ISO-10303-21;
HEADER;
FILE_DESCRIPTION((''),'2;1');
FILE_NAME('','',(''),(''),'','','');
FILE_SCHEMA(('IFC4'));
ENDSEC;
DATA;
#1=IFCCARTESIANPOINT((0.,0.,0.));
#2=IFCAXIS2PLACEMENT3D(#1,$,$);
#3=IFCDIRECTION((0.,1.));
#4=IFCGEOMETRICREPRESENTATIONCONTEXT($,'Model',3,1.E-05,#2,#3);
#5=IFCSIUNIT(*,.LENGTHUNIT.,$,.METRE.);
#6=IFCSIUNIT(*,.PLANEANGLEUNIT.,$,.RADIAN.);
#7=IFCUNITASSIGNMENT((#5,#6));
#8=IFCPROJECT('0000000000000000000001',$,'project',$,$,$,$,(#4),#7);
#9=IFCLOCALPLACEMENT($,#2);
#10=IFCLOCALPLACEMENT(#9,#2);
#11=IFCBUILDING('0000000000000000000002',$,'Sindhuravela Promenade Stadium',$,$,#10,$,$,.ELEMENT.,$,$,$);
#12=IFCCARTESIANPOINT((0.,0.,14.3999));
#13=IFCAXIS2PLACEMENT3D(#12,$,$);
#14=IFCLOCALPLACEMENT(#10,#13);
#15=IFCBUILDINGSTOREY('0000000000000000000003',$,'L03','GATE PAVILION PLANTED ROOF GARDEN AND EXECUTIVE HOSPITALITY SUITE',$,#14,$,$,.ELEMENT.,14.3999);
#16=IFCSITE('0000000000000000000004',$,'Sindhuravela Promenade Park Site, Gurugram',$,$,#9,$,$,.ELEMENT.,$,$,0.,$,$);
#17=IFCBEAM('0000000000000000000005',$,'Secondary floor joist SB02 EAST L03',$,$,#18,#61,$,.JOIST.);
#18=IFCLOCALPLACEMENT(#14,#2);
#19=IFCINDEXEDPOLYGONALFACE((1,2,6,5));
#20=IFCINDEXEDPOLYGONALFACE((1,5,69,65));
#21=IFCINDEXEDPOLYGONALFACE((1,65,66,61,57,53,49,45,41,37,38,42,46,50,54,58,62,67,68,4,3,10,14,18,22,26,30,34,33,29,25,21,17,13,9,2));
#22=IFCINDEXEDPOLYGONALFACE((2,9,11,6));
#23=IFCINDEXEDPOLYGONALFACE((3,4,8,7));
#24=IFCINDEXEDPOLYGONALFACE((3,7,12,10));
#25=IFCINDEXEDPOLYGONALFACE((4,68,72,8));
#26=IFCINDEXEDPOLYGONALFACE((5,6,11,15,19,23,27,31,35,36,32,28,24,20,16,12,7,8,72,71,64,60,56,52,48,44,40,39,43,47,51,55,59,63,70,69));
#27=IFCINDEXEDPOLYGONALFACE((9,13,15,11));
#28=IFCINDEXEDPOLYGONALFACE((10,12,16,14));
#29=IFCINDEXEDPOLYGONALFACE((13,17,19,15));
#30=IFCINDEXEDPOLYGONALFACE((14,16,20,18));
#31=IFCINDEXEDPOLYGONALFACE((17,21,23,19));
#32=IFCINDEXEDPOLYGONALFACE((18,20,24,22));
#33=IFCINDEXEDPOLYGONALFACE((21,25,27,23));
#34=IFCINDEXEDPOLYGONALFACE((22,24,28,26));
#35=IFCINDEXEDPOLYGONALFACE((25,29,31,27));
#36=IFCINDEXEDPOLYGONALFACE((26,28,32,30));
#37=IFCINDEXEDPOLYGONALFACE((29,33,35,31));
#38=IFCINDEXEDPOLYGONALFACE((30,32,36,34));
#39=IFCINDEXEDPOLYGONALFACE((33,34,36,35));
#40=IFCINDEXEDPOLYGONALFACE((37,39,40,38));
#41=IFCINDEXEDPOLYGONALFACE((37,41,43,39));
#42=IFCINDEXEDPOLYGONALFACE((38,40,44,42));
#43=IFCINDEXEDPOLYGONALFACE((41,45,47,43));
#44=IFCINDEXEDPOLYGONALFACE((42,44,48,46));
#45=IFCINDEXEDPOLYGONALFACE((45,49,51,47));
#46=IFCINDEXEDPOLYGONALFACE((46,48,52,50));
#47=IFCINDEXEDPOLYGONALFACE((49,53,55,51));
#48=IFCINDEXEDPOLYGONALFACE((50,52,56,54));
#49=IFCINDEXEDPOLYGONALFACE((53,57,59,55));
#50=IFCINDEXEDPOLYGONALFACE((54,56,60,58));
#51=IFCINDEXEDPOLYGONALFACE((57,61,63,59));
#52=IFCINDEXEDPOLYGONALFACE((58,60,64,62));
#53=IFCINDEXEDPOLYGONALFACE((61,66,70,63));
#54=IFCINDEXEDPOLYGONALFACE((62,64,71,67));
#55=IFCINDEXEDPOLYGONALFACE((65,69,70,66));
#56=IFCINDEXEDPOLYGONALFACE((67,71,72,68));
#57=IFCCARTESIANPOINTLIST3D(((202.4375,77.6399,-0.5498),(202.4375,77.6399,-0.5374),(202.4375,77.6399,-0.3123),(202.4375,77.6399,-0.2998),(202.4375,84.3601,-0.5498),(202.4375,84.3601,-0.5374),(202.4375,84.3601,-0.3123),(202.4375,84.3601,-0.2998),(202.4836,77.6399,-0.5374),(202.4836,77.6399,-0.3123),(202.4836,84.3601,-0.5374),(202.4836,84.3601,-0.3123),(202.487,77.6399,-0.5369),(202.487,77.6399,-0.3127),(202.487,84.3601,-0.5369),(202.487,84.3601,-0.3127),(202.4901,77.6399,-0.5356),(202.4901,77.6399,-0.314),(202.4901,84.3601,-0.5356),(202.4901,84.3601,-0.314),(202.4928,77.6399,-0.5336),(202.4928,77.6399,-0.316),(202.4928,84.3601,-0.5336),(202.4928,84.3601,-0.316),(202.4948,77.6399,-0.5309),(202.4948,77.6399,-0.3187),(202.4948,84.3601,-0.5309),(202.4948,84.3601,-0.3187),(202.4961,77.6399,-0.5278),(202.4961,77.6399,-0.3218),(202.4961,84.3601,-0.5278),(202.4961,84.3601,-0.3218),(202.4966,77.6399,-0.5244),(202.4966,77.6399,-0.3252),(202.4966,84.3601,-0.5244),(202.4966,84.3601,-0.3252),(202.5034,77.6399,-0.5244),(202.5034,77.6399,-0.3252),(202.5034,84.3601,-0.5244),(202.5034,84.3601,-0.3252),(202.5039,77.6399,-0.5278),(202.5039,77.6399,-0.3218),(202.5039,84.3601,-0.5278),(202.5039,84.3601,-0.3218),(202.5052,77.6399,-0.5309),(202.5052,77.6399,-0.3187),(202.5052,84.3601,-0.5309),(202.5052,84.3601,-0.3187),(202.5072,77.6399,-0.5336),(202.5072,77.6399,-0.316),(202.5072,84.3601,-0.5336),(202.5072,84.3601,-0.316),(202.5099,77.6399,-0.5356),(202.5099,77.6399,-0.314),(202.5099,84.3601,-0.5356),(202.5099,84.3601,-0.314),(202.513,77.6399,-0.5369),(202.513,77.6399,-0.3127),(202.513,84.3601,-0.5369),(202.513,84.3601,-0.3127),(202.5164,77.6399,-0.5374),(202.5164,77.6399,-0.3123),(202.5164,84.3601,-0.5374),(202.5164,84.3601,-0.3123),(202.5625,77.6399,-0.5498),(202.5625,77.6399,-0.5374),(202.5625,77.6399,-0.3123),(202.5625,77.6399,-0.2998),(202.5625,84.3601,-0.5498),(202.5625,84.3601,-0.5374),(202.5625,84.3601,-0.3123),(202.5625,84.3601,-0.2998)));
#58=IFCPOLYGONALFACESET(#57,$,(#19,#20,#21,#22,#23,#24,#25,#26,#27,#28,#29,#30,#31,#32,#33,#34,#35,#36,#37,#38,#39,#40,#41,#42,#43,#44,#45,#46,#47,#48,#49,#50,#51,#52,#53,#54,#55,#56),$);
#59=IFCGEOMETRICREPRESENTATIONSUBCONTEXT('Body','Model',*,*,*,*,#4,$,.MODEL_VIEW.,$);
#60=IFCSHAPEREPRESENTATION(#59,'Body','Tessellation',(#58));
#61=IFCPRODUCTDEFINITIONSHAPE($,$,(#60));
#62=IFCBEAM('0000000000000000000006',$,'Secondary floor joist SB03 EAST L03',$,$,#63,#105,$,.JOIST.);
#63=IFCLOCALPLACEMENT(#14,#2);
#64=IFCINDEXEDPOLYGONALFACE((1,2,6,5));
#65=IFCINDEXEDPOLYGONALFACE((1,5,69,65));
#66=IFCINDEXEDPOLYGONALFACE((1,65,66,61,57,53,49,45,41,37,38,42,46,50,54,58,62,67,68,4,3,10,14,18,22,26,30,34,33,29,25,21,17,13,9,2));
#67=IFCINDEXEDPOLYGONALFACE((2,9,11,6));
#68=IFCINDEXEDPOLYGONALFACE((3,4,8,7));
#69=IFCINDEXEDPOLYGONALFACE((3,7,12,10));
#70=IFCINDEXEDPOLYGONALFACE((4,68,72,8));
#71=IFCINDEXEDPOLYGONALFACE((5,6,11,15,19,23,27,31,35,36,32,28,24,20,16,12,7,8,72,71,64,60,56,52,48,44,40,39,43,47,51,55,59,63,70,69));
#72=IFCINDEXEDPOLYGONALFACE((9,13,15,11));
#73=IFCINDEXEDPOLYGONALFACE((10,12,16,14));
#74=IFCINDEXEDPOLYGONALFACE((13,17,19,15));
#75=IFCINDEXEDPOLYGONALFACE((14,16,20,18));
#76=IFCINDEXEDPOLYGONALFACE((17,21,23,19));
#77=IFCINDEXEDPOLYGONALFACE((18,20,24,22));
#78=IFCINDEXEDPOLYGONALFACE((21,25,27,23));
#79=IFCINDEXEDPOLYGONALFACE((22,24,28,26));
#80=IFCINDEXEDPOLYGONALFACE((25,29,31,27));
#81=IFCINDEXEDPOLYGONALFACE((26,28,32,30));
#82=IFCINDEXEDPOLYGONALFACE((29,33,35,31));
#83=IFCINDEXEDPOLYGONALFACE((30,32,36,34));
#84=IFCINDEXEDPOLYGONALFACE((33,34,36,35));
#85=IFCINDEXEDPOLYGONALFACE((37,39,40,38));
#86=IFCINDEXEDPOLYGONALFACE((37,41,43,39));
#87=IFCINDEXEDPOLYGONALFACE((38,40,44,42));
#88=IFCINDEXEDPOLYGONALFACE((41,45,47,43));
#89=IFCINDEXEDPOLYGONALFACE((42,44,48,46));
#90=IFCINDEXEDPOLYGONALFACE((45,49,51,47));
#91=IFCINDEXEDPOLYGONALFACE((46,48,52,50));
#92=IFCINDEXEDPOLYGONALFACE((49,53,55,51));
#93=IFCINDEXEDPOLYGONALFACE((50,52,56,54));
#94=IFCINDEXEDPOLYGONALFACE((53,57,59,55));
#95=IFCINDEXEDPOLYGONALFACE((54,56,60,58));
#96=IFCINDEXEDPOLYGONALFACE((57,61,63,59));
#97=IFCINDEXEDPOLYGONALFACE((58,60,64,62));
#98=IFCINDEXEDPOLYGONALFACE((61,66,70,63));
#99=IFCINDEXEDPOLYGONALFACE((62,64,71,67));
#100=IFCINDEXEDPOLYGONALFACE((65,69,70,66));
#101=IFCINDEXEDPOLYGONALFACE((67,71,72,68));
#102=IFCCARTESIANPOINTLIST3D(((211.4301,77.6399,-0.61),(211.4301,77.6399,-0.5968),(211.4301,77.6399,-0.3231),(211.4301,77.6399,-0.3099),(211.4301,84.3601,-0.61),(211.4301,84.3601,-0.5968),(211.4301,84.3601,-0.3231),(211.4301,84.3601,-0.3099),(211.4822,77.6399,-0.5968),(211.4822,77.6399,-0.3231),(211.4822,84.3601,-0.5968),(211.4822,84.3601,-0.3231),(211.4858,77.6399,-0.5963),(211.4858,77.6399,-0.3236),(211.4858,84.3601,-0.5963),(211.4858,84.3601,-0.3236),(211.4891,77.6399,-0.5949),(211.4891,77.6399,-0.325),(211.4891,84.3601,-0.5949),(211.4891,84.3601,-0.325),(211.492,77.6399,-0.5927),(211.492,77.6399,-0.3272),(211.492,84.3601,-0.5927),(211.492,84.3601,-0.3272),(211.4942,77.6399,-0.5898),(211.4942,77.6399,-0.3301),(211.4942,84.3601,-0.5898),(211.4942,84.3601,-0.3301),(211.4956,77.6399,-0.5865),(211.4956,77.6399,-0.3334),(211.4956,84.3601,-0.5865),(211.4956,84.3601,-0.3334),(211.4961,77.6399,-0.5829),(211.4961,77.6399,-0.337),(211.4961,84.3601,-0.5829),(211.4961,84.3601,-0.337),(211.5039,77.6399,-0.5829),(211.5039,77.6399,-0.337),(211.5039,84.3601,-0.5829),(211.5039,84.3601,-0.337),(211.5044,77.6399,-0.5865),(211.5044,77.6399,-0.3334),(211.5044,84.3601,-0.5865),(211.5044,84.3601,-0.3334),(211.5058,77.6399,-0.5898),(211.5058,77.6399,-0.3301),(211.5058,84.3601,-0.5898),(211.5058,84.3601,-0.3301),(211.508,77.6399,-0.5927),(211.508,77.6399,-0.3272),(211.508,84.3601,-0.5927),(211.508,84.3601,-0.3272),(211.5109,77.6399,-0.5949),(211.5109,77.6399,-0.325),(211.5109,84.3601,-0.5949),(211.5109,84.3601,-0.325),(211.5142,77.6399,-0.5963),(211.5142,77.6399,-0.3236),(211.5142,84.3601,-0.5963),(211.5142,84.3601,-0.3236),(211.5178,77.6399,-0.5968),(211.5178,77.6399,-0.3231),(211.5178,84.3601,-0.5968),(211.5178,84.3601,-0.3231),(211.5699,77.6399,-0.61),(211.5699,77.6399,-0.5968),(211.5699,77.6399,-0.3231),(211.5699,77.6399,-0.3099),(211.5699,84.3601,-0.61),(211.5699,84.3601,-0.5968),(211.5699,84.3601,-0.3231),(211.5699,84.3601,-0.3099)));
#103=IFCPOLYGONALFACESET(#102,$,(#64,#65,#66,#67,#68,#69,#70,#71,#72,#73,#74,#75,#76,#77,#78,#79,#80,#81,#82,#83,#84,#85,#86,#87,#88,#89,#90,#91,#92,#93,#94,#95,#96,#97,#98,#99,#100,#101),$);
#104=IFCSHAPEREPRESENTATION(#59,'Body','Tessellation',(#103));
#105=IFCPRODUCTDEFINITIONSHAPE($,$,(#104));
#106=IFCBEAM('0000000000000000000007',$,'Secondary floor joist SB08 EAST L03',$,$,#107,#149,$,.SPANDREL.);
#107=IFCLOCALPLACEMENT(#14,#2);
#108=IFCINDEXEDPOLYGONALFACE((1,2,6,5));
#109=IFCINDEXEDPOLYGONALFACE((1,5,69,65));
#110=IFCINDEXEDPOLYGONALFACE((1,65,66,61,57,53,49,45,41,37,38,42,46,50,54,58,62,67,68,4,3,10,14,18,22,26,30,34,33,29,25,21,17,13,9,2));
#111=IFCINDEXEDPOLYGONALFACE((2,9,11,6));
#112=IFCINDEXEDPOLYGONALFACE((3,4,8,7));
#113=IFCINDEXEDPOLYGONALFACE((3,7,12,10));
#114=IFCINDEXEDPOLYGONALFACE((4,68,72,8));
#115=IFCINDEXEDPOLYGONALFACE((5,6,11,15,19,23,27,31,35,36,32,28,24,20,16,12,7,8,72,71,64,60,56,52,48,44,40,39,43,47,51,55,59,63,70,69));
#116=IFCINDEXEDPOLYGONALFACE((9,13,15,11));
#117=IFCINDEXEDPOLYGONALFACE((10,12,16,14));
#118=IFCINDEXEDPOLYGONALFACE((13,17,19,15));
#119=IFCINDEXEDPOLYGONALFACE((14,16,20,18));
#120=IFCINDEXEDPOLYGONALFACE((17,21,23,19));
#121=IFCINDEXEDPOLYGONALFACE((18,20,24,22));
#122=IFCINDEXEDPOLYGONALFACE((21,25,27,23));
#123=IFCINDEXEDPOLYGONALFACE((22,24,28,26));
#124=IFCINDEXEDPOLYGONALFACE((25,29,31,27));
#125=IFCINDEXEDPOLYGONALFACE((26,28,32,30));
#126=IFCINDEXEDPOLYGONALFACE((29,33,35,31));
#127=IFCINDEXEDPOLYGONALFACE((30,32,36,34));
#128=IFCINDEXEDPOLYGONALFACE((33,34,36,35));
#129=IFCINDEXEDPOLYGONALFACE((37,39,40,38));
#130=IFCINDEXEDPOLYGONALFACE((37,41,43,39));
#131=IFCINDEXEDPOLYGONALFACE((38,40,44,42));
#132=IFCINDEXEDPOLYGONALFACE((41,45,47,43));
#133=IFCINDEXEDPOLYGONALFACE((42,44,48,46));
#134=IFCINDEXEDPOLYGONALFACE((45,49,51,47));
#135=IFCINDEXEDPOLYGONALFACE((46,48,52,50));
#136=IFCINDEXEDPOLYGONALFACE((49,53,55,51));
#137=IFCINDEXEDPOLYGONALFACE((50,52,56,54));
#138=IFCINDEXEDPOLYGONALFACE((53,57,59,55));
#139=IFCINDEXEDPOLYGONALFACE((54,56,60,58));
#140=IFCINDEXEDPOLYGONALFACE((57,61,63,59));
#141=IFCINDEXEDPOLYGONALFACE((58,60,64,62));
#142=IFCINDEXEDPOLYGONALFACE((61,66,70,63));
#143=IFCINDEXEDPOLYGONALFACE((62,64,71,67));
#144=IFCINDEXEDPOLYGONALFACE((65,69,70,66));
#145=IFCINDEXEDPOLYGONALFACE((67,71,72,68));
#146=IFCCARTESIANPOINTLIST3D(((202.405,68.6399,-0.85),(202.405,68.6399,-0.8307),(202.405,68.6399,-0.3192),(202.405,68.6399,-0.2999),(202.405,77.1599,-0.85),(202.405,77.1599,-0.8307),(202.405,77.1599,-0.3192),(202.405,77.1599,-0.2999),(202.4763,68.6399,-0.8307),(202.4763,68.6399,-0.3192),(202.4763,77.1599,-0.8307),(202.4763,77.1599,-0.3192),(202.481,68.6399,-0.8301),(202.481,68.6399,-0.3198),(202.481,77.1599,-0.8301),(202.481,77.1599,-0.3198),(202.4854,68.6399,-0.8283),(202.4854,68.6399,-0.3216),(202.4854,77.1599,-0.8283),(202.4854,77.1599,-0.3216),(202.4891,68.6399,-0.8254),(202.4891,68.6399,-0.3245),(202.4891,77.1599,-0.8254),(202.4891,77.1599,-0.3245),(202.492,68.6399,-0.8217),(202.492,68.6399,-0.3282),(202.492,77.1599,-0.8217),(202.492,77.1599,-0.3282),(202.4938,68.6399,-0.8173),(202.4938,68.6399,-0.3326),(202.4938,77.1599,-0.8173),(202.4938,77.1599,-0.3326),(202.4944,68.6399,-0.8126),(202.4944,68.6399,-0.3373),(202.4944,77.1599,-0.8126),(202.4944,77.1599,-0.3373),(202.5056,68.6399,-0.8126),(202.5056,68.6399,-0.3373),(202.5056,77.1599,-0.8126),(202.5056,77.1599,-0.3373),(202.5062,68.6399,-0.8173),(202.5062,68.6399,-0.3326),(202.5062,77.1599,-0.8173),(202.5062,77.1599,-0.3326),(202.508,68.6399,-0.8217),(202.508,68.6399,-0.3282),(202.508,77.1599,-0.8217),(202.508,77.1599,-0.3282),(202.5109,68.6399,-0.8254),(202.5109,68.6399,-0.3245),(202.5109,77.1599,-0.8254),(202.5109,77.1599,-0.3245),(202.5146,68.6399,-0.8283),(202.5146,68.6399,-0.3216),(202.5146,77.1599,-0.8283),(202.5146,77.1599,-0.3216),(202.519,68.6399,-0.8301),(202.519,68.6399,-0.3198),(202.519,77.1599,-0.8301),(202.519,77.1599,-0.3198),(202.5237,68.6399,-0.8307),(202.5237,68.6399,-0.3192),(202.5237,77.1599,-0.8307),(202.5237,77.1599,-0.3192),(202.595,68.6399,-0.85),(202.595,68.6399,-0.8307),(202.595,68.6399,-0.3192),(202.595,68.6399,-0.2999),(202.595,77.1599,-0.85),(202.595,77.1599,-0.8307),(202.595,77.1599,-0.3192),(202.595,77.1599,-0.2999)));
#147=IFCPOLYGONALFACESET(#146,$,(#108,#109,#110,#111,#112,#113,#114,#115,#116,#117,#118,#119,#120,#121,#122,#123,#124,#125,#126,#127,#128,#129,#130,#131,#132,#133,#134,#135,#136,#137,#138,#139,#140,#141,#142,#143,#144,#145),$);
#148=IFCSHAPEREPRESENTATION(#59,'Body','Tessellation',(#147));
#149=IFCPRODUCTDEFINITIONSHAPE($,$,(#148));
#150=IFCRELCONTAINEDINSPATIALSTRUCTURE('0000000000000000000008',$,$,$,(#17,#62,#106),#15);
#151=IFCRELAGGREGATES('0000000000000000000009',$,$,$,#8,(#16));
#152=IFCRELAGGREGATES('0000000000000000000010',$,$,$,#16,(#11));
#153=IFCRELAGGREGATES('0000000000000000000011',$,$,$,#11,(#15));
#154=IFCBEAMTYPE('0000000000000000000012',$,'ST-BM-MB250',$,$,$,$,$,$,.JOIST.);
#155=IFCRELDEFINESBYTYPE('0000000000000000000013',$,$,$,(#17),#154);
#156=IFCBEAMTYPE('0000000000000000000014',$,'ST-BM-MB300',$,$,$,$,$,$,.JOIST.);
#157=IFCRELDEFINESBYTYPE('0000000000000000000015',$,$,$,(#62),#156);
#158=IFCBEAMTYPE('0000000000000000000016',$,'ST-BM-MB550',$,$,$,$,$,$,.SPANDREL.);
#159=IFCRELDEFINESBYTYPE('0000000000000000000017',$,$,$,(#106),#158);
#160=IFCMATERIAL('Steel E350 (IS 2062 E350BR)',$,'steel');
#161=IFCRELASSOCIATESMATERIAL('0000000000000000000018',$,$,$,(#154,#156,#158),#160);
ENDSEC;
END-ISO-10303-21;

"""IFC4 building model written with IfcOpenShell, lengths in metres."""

from ifc_helpers import new_model, si_unit, direction, frame, origin, origin_2d, place, context, subcontext, project, spatial, i_section, extrude, material, material_profile, profile_set, type_object, element, save


model = new_model("IFC4")

# Units and contexts
model_context = context("Model", 3, precision=1e-05, world=origin(), true_north=direction((0.0, 1.0)))
body_context = subcontext(model_context, "Body", "Model", "MODEL_VIEW")
ifc_project = project(units=[si_unit("LENGTHUNIT", "METRE"), si_unit("PLANEANGLEUNIT", "RADIAN")], contexts=[model_context])

# Site, building, storey
site_placement = place(None, origin())
site = spatial("IfcSite", under=ifc_project, at=site_placement, Name="Sindhuravela Promenade Park Site, Gurugram", CompositionType="ELEMENT", RefElevation=0.0)
building_placement = place(site_placement, origin())
building = spatial("IfcBuilding", under=site, at=building_placement, Name="Sindhuravela Promenade Stadium", CompositionType="ELEMENT")
storey_placement = place(building_placement, frame((0.0, 0.0, 14.3999)))
storey = spatial("IfcBuildingStorey", under=building, at=storey_placement, Name="L03", Description="GATE PAVILION PLANTED ROOF GARDEN AND EXECUTIVE HOSPITALITY SUITE", CompositionType="ELEMENT", Elevation=14.3999)

# Beams
ifc_material_1 = material(Name="Steel E350 (IS 2062 E350BR)", Category="steel")
ifc_material_profile_1 = material_profile(ifc_material_1, i_section(OverallWidth=0.125, OverallDepth=0.25, WebThickness=0.0068, FlangeThickness=0.0125, FilletRadius=0.0129, at=origin_2d()), Name="ISMB 250")
ifc_profile_set_1 = profile_set([ifc_material_profile_1], Name="Steel E350 (IS 2062 E350BR)")
beam_type_1 = type_object("IfcBeamType", Name="ST-BM-MB250", PredefinedType="JOIST", material=ifc_profile_set_1)
beam_1_placement = place(storey_placement, frame((202.5, 77.6399, -0.4248), z_axis=(0.0, 1.0, 0.0), x_axis=(-1.0, 0.0, 0.0)))
element("IfcBeam", 1, at=beam_1_placement, inside=storey, type_object=beam_type_1, Name="Secondary floor joist SB02 EAST L03", PredefinedType="JOIST", context=body_context, shape_type="SweptSolid", body=[
    extrude(i_section(OverallWidth=0.125, OverallDepth=0.25, WebThickness=0.0068, FlangeThickness=0.0125, FilletRadius=0.0129, at=origin_2d()), origin(), (0.0, 0.0, 1.0), 6.7202),
])
ifc_material_profile_2 = material_profile(ifc_material_1, i_section(OverallWidth=0.1399, OverallDepth=0.3, WebThickness=0.0078, FlangeThickness=0.0132, FilletRadius=0.0139, at=origin_2d()), Name="ISMB 300")
ifc_profile_set_2 = profile_set([ifc_material_profile_2], Name="Steel E350 (IS 2062 E350BR)")
beam_type_2 = type_object("IfcBeamType", Name="ST-BM-MB300", PredefinedType="JOIST", material=ifc_profile_set_2)
beam_2_placement = place(storey_placement, frame((211.5, 77.6399, -0.46), z_axis=(0.0, 1.0, 0.0), x_axis=(-1.0, 0.0, 0.0)))
element("IfcBeam", 2, at=beam_2_placement, inside=storey, type_object=beam_type_2, Name="Secondary floor joist SB03 EAST L03", PredefinedType="JOIST", context=body_context, shape_type="SweptSolid", body=[
    extrude(i_section(OverallWidth=0.1399, OverallDepth=0.3, WebThickness=0.0078, FlangeThickness=0.0132, FilletRadius=0.0139, at=origin_2d()), origin(), (0.0, 0.0, 1.0), 6.7202),
])
ifc_material_profile_3 = material_profile(ifc_material_1, i_section(OverallWidth=0.1899, OverallDepth=0.55, WebThickness=0.0112, FlangeThickness=0.0193, FilletRadius=0.0181, at=origin_2d()), Name="ISMB 550")
ifc_profile_set_3 = profile_set([ifc_material_profile_3], Name="Steel E350 (IS 2062 E350BR)")
beam_type_3 = type_object("IfcBeamType", Name="ST-BM-MB550", PredefinedType="SPANDREL", material=ifc_profile_set_3)
beam_3_placement = place(storey_placement, frame((202.5, 68.6399, -0.575), z_axis=(0.0, 1.0, 0.0), x_axis=(-1.0, 0.0, 0.0)))
element("IfcBeam", 3, at=beam_3_placement, inside=storey, type_object=beam_type_3, Name="Secondary floor joist SB08 EAST L03", PredefinedType="SPANDREL", context=body_context, shape_type="SweptSolid", body=[
    extrude(i_section(OverallWidth=0.1899, OverallDepth=0.55, WebThickness=0.0112, FlangeThickness=0.0193, FilletRadius=0.0181, at=origin_2d()), origin(), (0.0, 0.0, 1.0), 8.52),
])

save(model, "model.ifc")
